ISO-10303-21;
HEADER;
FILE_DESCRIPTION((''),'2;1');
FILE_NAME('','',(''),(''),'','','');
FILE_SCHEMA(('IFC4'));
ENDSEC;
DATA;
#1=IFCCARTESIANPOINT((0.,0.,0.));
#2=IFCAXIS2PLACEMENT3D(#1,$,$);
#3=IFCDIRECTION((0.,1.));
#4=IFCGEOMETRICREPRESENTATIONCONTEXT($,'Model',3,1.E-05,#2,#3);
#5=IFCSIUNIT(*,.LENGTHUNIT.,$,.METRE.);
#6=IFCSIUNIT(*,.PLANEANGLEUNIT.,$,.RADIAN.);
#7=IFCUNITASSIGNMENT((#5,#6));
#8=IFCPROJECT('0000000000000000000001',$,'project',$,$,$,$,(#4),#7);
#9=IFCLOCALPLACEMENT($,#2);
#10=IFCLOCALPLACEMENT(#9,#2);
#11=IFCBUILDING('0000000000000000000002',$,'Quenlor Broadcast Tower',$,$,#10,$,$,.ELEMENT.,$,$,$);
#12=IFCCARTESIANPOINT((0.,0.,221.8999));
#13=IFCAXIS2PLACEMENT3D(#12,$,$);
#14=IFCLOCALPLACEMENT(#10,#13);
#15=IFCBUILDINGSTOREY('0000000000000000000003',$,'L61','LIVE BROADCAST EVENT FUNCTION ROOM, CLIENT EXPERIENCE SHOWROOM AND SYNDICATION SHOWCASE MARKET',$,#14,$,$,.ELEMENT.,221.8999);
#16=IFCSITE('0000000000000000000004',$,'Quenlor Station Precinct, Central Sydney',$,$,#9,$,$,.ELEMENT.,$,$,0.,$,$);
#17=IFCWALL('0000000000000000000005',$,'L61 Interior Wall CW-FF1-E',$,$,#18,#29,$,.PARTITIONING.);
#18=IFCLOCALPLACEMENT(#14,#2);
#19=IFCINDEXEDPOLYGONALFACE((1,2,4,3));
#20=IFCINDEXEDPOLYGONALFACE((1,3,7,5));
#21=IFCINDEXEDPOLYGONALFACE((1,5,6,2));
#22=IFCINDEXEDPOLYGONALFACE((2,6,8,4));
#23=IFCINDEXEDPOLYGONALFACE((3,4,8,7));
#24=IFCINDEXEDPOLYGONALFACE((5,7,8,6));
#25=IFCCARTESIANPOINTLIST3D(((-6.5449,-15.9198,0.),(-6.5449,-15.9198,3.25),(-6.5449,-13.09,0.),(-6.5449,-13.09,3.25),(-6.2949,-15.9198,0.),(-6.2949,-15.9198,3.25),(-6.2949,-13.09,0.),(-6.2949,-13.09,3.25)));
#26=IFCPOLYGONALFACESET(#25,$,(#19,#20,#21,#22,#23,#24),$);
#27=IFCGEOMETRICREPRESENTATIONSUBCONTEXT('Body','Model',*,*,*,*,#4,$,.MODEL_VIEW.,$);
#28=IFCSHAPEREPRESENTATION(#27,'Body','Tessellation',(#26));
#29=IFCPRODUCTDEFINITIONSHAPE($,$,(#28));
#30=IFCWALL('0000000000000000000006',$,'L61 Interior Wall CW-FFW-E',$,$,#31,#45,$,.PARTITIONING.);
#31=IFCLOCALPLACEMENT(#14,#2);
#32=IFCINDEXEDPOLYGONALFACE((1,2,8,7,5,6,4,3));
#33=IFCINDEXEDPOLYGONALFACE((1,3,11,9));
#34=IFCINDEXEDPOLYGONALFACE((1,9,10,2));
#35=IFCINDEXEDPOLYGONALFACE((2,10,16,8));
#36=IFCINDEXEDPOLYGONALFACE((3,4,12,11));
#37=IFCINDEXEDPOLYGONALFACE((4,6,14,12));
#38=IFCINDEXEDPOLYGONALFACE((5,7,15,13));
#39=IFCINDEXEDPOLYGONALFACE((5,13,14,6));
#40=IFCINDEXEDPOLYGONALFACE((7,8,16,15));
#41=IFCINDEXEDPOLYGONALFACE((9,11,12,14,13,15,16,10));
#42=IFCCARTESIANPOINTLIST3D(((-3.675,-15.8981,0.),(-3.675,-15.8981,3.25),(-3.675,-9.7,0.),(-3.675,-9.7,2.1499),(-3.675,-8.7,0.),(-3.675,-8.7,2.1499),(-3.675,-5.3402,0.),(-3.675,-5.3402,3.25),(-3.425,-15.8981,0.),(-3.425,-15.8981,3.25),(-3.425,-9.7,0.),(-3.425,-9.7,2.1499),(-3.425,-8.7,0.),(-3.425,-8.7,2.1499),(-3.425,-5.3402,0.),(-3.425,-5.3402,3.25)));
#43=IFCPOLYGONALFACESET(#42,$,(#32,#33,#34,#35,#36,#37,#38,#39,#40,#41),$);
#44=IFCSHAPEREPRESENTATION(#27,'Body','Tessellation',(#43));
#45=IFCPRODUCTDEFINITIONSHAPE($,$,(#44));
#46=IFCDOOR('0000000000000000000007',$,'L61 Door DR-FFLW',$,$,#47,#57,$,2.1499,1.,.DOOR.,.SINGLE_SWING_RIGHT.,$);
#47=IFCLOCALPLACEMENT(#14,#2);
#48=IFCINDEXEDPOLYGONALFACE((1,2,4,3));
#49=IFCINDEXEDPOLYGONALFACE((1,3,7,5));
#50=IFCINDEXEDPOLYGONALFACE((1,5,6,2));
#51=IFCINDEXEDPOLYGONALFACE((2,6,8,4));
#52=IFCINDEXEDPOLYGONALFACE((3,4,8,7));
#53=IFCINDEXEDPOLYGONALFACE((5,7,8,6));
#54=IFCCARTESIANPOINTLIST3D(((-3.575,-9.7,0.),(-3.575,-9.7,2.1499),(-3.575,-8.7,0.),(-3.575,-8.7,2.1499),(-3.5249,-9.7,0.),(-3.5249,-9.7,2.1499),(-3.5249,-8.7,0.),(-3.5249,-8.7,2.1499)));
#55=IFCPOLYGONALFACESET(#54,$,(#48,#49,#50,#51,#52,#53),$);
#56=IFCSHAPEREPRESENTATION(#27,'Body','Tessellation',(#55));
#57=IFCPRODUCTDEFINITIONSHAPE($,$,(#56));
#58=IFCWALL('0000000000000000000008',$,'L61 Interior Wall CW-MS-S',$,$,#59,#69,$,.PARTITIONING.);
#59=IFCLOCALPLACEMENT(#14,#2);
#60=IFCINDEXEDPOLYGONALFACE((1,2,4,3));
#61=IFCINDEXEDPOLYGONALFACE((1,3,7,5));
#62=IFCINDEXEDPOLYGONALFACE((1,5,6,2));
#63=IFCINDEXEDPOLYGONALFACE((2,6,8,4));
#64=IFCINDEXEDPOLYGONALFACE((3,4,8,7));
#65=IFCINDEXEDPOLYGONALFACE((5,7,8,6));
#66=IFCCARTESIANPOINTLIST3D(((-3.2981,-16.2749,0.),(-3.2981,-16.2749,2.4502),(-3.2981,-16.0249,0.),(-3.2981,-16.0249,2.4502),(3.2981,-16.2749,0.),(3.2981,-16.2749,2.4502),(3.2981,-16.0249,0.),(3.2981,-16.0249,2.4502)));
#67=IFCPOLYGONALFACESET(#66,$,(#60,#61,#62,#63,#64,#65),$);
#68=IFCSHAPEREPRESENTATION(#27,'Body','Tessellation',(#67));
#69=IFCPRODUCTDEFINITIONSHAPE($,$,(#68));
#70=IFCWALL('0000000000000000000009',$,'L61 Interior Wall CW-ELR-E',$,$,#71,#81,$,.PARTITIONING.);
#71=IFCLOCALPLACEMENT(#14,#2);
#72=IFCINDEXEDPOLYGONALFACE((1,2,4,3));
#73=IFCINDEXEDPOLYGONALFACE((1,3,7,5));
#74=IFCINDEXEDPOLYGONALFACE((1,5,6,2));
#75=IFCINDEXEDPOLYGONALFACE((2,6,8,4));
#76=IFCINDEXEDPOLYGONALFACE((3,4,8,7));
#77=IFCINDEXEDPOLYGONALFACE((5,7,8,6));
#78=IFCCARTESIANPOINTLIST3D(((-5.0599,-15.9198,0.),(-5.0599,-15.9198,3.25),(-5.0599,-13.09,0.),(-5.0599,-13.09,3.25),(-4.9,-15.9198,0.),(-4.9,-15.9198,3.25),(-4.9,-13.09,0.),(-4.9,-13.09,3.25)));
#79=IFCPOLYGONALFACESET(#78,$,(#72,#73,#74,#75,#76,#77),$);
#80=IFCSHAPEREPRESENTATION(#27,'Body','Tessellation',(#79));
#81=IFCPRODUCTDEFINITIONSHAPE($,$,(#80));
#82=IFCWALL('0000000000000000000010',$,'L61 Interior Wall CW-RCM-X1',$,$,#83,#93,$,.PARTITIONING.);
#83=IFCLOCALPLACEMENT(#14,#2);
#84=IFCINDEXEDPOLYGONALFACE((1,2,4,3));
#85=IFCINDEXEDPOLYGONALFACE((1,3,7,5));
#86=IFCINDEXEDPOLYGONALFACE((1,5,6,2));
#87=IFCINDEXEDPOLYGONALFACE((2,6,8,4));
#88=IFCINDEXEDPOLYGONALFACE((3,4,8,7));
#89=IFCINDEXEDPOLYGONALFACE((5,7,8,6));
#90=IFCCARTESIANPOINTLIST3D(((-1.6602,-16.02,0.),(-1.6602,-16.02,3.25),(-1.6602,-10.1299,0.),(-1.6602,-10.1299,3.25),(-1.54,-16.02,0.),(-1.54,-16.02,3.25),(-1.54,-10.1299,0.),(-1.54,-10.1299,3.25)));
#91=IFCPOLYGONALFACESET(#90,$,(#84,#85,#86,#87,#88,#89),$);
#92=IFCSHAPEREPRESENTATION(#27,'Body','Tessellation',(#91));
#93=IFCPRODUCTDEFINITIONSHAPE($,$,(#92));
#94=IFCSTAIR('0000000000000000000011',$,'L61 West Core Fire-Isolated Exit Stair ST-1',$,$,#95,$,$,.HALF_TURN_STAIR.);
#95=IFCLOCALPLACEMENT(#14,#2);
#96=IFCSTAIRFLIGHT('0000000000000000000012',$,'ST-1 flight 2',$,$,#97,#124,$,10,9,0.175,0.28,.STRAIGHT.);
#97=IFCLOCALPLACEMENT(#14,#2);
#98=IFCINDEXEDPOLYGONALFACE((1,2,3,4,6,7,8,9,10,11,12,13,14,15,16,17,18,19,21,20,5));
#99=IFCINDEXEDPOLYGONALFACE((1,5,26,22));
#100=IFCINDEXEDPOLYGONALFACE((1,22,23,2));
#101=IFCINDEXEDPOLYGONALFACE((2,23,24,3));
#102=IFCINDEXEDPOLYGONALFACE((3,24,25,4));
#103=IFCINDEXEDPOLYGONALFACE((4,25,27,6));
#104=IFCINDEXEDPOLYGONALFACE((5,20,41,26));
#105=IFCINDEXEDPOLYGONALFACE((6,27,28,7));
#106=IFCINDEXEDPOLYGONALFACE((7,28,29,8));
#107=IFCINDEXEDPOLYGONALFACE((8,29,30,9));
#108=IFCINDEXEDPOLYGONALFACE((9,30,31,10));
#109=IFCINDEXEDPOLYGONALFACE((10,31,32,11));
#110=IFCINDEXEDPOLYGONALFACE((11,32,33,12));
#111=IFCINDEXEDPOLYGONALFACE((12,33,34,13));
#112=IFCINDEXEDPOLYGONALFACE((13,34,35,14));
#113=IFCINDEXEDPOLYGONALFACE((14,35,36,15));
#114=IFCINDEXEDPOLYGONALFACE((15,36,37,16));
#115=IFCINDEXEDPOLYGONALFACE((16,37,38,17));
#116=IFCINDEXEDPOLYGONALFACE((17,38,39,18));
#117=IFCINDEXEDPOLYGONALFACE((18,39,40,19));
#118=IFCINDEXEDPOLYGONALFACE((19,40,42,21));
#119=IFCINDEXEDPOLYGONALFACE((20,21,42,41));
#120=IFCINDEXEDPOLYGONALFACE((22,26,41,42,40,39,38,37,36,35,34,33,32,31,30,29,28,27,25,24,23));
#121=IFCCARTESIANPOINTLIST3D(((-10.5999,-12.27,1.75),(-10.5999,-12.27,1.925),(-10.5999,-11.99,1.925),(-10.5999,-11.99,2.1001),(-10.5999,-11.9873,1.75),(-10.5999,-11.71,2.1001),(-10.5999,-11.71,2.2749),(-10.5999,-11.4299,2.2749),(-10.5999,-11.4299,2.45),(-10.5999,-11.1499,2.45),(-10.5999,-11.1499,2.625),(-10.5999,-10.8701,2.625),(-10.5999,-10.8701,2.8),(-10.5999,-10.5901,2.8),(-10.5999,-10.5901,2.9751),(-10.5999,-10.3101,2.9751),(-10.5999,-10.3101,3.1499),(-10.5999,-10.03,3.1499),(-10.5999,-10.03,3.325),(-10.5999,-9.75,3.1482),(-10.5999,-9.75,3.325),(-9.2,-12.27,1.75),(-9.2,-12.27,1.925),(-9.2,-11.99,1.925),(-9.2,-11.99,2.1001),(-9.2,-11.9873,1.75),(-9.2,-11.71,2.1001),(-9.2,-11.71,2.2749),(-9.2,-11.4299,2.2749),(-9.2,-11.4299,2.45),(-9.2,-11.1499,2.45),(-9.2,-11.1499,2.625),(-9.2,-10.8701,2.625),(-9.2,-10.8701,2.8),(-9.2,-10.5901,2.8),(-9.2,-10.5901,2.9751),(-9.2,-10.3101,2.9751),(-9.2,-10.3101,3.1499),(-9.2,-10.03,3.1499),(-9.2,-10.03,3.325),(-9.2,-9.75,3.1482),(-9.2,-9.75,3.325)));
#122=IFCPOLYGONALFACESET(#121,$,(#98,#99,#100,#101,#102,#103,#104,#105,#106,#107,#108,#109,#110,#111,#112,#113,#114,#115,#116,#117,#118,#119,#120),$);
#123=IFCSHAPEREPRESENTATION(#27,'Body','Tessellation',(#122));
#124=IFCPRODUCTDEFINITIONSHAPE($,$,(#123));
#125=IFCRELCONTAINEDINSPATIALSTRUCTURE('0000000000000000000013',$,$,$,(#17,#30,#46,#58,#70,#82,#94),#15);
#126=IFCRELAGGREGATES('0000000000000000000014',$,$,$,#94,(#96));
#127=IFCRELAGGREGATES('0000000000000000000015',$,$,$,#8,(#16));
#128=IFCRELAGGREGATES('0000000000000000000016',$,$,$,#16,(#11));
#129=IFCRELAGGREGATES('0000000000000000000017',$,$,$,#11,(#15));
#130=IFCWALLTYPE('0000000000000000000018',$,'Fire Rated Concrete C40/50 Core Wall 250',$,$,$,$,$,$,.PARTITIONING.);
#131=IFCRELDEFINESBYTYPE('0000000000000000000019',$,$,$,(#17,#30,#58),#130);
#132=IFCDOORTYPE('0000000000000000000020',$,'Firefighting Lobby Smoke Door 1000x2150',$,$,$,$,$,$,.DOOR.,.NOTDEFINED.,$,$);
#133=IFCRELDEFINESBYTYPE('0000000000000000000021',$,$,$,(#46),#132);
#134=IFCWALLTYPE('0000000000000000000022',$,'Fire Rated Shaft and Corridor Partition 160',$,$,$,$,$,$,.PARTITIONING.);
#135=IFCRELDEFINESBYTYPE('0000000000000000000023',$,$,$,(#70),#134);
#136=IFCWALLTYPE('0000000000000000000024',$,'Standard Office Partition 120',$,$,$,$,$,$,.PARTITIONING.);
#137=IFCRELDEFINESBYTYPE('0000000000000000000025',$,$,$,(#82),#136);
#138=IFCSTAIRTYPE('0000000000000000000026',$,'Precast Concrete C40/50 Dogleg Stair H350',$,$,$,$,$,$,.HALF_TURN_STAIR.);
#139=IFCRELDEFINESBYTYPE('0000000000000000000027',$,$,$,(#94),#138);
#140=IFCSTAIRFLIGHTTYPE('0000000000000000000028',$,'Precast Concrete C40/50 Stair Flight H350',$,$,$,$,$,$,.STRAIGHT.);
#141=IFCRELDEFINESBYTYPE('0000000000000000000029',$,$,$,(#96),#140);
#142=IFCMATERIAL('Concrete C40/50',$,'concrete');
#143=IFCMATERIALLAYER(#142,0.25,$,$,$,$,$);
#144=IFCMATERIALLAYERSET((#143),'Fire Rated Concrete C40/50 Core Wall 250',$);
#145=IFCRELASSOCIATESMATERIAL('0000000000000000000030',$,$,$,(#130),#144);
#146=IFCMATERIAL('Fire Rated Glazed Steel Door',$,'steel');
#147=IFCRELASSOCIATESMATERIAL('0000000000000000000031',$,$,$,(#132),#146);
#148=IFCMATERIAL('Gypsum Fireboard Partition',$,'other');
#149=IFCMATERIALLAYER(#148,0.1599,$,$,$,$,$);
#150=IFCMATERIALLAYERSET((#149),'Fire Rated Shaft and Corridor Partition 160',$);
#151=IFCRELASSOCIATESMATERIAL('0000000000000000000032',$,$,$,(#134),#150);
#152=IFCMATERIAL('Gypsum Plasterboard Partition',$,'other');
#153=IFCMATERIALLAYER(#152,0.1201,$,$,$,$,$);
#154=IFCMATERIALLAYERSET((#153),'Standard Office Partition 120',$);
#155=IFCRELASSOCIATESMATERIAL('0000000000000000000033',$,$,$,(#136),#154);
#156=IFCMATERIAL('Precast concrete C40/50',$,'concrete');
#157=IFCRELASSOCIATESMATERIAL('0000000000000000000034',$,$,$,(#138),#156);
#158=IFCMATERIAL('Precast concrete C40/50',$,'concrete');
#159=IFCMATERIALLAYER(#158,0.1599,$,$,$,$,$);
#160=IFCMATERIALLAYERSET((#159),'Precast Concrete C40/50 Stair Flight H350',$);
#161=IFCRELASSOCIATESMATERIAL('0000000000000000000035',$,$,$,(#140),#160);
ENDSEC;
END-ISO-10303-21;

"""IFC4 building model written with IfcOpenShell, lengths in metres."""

from ifc_helpers import new_model, si_unit, direction, frame, frame_2d, origin, place, context, subcontext, project, spatial, polyline, rectangle, outline, extrude, material, layer, layer_set, type_object, element, fill, aggregate, save


model = new_model("IFC4")

# Units and contexts
model_context = context("Model", 3, precision=1e-05, world=origin(), true_north=direction((0.0, 1.0)))
body_context = subcontext(model_context, "Body", "Model", "MODEL_VIEW")
ifc_project = project(units=[si_unit("LENGTHUNIT", "METRE"), si_unit("PLANEANGLEUNIT", "RADIAN")], contexts=[model_context])

# Site, building, storey
site_placement = place(None, origin())
site = spatial("IfcSite", under=ifc_project, at=site_placement, Name="Quenlor Station Precinct, Central Sydney", CompositionType="ELEMENT", RefElevation=0.0)
building_placement = place(site_placement, origin())
building = spatial("IfcBuilding", under=site, at=building_placement, Name="Quenlor Broadcast Tower", CompositionType="ELEMENT")
storey_placement = place(building_placement, frame((0.0, 0.0, 221.8999)))
storey = spatial("IfcBuildingStorey", under=building, at=storey_placement, Name="L61", Description="LIVE BROADCAST EVENT FUNCTION ROOM, CLIENT EXPERIENCE SHOWROOM AND SYNDICATION SHOWCASE MARKET", CompositionType="ELEMENT", Elevation=221.8999)

# Shared definitions
ifc_material_1 = material(Name="Concrete C40/50", Category="concrete")
ifc_layer_1 = layer(ifc_material_1, 0.25)
ifc_layer_set_1 = layer_set([ifc_layer_1], Name="Fire Rated Concrete C40/50 Core Wall 250")
wall_type_1 = type_object("IfcWallType", Name="Fire Rated Concrete C40/50 Core Wall 250", PredefinedType="PARTITIONING", material=ifc_layer_set_1)

# Wall
wall_1_placement = place(storey_placement, frame((-6.4199, -15.9199, 0.0), z_axis=(0.0, 0.0, 1.0), x_axis=(0.0, 1.0, 0.0)))
element("IfcWall", 1, at=wall_1_placement, inside=storey, type_object=wall_type_1, Name="L61 Interior Wall CW-FF1-E", PredefinedType="PARTITIONING", context=body_context, shape_type="SweptSolid", body=[
    extrude(rectangle(XDim=2.8298, YDim=0.25, at=frame_2d((1.415, 0.0))), origin(), (0.0, 0.0, 1.0), 3.25),
])

# Wall, opening, door
wall_2_placement = place(storey_placement, frame((-3.55, -15.8979, 0.0), z_axis=(0.0, 0.0, 1.0), x_axis=(0.0, 1.0, 0.0)))
wall_2 = element("IfcWall", 2, at=wall_2_placement, inside=storey, type_object=wall_type_1, Name="L61 Interior Wall CW-FFW-E", PredefinedType="PARTITIONING", context=body_context, shape_type="SweptSolid", body=[
    extrude(rectangle(XDim=10.5579, YDim=0.25, at=frame_2d((5.2788, 0.0))), origin(), (0.0, 0.0, 1.0), 3.25),
])
opening_1_placement = place(wall_2_placement, frame((6.198, 0.0, 0.0)))
opening_1 = element("IfcOpeningElement", 3, at=opening_1_placement, cuts=wall_2, PredefinedType="OPENING", context=body_context, shape_type="SweptSolid", body=[
    extrude(rectangle(XDim=1.0, YDim=2.1499, at=frame_2d((0.5, 1.075))), frame((0.0, 0.135, 0.0), z_axis=(0.0, -1.0, 0.0), x_axis=(1.0, 0.0, 0.0)), (0.0, 0.0, 1.0), 0.27),
])
ifc_material_2 = material(Name="Fire Rated Glazed Steel Door", Category="steel")
door_type_1 = type_object("IfcDoorType", Name="Firefighting Lobby Smoke Door 1000x2150", OperationType="NOTDEFINED", PredefinedType="DOOR", material=ifc_material_2)
door_1_placement = place(opening_1_placement, origin())
door_1 = element("IfcDoor", 4, at=door_1_placement, inside=storey, type_object=door_type_1, Name="L61 Door DR-FFLW", OperationType="SINGLE_SWING_RIGHT", OverallHeight=2.1499, OverallWidth=1.0, PredefinedType="DOOR", context=body_context, shape_type="SweptSolid", body=[
    extrude(rectangle(XDim=1.0, YDim=2.1499, at=frame_2d((0.5, 1.075))), frame((0.0, 0.0249, 0.0), z_axis=(0.0, -1.0, 0.0), x_axis=(1.0, 0.0, 0.0)), (0.0, 0.0, 1.0), 0.05),
])
fill(opening_1, door_1)

# Walls
wall_3_placement = place(storey_placement, frame((-3.2981, -16.1499, 0.0), z_axis=(0.0, 0.0, 1.0), x_axis=(1.0, 0.0, 0.0)))
element("IfcWall", 5, at=wall_3_placement, inside=storey, type_object=wall_type_1, Name="L61 Interior Wall CW-MS-S", PredefinedType="PARTITIONING", context=body_context, shape_type="SweptSolid", body=[
    extrude(rectangle(XDim=6.5962, YDim=0.25, at=frame_2d((3.2981, 0.0))), origin(), (0.0, 0.0, 1.0), 2.4502),
])
ifc_material_3 = material(Name="Gypsum Fireboard Partition", Category="other")
ifc_layer_2 = layer(ifc_material_3, 0.1599)
ifc_layer_set_2 = layer_set([ifc_layer_2], Name="Fire Rated Shaft and Corridor Partition 160")
wall_type_2 = type_object("IfcWallType", Name="Fire Rated Shaft and Corridor Partition 160", PredefinedType="PARTITIONING", material=ifc_layer_set_2)
wall_4_placement = place(storey_placement, frame((-4.98, -15.9199, 0.0), z_axis=(0.0, 0.0, 1.0), x_axis=(0.0, 1.0, 0.0)))
element("IfcWall", 6, at=wall_4_placement, inside=storey, type_object=wall_type_2, Name="L61 Interior Wall CW-ELR-E", PredefinedType="PARTITIONING", context=body_context, shape_type="SweptSolid", body=[
    extrude(rectangle(XDim=2.8298, YDim=0.1599, at=frame_2d((1.415, 0.0))), origin(), (0.0, 0.0, 1.0), 3.25),
])

# Shared definitions
ifc_material_4 = material(Name="Gypsum Plasterboard Partition", Category="other")
ifc_layer_3 = layer(ifc_material_4, 0.1201)
ifc_layer_set_3 = layer_set([ifc_layer_3], Name="Standard Office Partition 120")
wall_type_3 = type_object("IfcWallType", Name="Standard Office Partition 120", PredefinedType="PARTITIONING", material=ifc_layer_set_3)

# Wall
wall_5_placement = place(storey_placement, frame((-1.6001, -16.02, 0.0), z_axis=(0.0, 0.0, 1.0), x_axis=(0.0, 1.0, 0.0)))
element("IfcWall", 7, at=wall_5_placement, inside=storey, type_object=wall_type_3, Name="L61 Interior Wall CW-RCM-X1", PredefinedType="PARTITIONING", context=body_context, shape_type="SweptSolid", body=[
    extrude(rectangle(XDim=5.8901, YDim=0.1201, at=frame_2d((2.9451, 0.0))), origin(), (0.0, 0.0, 1.0), 3.25),
])

# Stair, stair flight
ifc_material_5 = material(Name="Precast concrete C40/50", Category="concrete")
stair_type = type_object("IfcStairType", Name="Precast Concrete C40/50 Dogleg Stair H350", PredefinedType="HALF_TURN_STAIR", material=ifc_material_5)
stair_placement = place(storey_placement, origin())
stair = element("IfcStair", 8, at=stair_placement, inside=storey, type_object=stair_type, Name="L61 West Core Fire-Isolated Exit Stair ST-1", PredefinedType="HALF_TURN_STAIR")
ifc_material_6 = material(Name="Precast concrete C40/50", Category="concrete")
ifc_layer_4 = layer(ifc_material_6, 0.1599)
ifc_layer_set_4 = layer_set([ifc_layer_4], Name="Precast Concrete C40/50 Stair Flight H350")
stair_flight_type = type_object("IfcStairFlightType", Name="Precast Concrete C40/50 Stair Flight H350", PredefinedType="STRAIGHT", material=ifc_layer_set_4)
stair_flight_placement = place(storey_placement, frame((-9.8999, -12.27, 1.75), z_axis=(0.0, 0.0, 1.0), x_axis=(0.0, 1.0, 0.0)))
stair_flight = element("IfcStairFlight", 9, at=stair_flight_placement, type_object=stair_flight_type, Name="ST-1 flight 2", NumberOfRisers=10, NumberOfTreads=9, PredefinedType="STRAIGHT", RiserHeight=0.175, TreadLength=0.28, context=body_context, shape_type="SweptSolid", body=[
    extrude(outline(polyline([(0.0, 0.0), (0.0, 0.175), (0.28, 0.175), (0.28, 0.3501), (0.5601, 0.3501), (0.5601, 0.5249), (0.8401, 0.5249), (0.8401, 0.7), (1.1201, 0.7), (1.1201, 0.875), (1.3999, 0.875), (1.3999, 1.05), (1.6799, 1.05), (1.6799, 1.2251), (1.96, 1.2251), (1.96, 1.3999), (2.24, 1.3999), (2.24, 1.575), (2.52, 1.575), (2.52, 1.75), (2.52, 1.3982), (0.2827, 0.0), (0.0, 0.0)])), frame((0.0, 0.7, 0.0), z_axis=(0.0, -1.0, 0.0), x_axis=(1.0, 0.0, 0.0)), (0.0, 0.0, 1.0), 1.3999),
])
aggregate(stair, [stair_flight])

save(model, "model.ifc")
